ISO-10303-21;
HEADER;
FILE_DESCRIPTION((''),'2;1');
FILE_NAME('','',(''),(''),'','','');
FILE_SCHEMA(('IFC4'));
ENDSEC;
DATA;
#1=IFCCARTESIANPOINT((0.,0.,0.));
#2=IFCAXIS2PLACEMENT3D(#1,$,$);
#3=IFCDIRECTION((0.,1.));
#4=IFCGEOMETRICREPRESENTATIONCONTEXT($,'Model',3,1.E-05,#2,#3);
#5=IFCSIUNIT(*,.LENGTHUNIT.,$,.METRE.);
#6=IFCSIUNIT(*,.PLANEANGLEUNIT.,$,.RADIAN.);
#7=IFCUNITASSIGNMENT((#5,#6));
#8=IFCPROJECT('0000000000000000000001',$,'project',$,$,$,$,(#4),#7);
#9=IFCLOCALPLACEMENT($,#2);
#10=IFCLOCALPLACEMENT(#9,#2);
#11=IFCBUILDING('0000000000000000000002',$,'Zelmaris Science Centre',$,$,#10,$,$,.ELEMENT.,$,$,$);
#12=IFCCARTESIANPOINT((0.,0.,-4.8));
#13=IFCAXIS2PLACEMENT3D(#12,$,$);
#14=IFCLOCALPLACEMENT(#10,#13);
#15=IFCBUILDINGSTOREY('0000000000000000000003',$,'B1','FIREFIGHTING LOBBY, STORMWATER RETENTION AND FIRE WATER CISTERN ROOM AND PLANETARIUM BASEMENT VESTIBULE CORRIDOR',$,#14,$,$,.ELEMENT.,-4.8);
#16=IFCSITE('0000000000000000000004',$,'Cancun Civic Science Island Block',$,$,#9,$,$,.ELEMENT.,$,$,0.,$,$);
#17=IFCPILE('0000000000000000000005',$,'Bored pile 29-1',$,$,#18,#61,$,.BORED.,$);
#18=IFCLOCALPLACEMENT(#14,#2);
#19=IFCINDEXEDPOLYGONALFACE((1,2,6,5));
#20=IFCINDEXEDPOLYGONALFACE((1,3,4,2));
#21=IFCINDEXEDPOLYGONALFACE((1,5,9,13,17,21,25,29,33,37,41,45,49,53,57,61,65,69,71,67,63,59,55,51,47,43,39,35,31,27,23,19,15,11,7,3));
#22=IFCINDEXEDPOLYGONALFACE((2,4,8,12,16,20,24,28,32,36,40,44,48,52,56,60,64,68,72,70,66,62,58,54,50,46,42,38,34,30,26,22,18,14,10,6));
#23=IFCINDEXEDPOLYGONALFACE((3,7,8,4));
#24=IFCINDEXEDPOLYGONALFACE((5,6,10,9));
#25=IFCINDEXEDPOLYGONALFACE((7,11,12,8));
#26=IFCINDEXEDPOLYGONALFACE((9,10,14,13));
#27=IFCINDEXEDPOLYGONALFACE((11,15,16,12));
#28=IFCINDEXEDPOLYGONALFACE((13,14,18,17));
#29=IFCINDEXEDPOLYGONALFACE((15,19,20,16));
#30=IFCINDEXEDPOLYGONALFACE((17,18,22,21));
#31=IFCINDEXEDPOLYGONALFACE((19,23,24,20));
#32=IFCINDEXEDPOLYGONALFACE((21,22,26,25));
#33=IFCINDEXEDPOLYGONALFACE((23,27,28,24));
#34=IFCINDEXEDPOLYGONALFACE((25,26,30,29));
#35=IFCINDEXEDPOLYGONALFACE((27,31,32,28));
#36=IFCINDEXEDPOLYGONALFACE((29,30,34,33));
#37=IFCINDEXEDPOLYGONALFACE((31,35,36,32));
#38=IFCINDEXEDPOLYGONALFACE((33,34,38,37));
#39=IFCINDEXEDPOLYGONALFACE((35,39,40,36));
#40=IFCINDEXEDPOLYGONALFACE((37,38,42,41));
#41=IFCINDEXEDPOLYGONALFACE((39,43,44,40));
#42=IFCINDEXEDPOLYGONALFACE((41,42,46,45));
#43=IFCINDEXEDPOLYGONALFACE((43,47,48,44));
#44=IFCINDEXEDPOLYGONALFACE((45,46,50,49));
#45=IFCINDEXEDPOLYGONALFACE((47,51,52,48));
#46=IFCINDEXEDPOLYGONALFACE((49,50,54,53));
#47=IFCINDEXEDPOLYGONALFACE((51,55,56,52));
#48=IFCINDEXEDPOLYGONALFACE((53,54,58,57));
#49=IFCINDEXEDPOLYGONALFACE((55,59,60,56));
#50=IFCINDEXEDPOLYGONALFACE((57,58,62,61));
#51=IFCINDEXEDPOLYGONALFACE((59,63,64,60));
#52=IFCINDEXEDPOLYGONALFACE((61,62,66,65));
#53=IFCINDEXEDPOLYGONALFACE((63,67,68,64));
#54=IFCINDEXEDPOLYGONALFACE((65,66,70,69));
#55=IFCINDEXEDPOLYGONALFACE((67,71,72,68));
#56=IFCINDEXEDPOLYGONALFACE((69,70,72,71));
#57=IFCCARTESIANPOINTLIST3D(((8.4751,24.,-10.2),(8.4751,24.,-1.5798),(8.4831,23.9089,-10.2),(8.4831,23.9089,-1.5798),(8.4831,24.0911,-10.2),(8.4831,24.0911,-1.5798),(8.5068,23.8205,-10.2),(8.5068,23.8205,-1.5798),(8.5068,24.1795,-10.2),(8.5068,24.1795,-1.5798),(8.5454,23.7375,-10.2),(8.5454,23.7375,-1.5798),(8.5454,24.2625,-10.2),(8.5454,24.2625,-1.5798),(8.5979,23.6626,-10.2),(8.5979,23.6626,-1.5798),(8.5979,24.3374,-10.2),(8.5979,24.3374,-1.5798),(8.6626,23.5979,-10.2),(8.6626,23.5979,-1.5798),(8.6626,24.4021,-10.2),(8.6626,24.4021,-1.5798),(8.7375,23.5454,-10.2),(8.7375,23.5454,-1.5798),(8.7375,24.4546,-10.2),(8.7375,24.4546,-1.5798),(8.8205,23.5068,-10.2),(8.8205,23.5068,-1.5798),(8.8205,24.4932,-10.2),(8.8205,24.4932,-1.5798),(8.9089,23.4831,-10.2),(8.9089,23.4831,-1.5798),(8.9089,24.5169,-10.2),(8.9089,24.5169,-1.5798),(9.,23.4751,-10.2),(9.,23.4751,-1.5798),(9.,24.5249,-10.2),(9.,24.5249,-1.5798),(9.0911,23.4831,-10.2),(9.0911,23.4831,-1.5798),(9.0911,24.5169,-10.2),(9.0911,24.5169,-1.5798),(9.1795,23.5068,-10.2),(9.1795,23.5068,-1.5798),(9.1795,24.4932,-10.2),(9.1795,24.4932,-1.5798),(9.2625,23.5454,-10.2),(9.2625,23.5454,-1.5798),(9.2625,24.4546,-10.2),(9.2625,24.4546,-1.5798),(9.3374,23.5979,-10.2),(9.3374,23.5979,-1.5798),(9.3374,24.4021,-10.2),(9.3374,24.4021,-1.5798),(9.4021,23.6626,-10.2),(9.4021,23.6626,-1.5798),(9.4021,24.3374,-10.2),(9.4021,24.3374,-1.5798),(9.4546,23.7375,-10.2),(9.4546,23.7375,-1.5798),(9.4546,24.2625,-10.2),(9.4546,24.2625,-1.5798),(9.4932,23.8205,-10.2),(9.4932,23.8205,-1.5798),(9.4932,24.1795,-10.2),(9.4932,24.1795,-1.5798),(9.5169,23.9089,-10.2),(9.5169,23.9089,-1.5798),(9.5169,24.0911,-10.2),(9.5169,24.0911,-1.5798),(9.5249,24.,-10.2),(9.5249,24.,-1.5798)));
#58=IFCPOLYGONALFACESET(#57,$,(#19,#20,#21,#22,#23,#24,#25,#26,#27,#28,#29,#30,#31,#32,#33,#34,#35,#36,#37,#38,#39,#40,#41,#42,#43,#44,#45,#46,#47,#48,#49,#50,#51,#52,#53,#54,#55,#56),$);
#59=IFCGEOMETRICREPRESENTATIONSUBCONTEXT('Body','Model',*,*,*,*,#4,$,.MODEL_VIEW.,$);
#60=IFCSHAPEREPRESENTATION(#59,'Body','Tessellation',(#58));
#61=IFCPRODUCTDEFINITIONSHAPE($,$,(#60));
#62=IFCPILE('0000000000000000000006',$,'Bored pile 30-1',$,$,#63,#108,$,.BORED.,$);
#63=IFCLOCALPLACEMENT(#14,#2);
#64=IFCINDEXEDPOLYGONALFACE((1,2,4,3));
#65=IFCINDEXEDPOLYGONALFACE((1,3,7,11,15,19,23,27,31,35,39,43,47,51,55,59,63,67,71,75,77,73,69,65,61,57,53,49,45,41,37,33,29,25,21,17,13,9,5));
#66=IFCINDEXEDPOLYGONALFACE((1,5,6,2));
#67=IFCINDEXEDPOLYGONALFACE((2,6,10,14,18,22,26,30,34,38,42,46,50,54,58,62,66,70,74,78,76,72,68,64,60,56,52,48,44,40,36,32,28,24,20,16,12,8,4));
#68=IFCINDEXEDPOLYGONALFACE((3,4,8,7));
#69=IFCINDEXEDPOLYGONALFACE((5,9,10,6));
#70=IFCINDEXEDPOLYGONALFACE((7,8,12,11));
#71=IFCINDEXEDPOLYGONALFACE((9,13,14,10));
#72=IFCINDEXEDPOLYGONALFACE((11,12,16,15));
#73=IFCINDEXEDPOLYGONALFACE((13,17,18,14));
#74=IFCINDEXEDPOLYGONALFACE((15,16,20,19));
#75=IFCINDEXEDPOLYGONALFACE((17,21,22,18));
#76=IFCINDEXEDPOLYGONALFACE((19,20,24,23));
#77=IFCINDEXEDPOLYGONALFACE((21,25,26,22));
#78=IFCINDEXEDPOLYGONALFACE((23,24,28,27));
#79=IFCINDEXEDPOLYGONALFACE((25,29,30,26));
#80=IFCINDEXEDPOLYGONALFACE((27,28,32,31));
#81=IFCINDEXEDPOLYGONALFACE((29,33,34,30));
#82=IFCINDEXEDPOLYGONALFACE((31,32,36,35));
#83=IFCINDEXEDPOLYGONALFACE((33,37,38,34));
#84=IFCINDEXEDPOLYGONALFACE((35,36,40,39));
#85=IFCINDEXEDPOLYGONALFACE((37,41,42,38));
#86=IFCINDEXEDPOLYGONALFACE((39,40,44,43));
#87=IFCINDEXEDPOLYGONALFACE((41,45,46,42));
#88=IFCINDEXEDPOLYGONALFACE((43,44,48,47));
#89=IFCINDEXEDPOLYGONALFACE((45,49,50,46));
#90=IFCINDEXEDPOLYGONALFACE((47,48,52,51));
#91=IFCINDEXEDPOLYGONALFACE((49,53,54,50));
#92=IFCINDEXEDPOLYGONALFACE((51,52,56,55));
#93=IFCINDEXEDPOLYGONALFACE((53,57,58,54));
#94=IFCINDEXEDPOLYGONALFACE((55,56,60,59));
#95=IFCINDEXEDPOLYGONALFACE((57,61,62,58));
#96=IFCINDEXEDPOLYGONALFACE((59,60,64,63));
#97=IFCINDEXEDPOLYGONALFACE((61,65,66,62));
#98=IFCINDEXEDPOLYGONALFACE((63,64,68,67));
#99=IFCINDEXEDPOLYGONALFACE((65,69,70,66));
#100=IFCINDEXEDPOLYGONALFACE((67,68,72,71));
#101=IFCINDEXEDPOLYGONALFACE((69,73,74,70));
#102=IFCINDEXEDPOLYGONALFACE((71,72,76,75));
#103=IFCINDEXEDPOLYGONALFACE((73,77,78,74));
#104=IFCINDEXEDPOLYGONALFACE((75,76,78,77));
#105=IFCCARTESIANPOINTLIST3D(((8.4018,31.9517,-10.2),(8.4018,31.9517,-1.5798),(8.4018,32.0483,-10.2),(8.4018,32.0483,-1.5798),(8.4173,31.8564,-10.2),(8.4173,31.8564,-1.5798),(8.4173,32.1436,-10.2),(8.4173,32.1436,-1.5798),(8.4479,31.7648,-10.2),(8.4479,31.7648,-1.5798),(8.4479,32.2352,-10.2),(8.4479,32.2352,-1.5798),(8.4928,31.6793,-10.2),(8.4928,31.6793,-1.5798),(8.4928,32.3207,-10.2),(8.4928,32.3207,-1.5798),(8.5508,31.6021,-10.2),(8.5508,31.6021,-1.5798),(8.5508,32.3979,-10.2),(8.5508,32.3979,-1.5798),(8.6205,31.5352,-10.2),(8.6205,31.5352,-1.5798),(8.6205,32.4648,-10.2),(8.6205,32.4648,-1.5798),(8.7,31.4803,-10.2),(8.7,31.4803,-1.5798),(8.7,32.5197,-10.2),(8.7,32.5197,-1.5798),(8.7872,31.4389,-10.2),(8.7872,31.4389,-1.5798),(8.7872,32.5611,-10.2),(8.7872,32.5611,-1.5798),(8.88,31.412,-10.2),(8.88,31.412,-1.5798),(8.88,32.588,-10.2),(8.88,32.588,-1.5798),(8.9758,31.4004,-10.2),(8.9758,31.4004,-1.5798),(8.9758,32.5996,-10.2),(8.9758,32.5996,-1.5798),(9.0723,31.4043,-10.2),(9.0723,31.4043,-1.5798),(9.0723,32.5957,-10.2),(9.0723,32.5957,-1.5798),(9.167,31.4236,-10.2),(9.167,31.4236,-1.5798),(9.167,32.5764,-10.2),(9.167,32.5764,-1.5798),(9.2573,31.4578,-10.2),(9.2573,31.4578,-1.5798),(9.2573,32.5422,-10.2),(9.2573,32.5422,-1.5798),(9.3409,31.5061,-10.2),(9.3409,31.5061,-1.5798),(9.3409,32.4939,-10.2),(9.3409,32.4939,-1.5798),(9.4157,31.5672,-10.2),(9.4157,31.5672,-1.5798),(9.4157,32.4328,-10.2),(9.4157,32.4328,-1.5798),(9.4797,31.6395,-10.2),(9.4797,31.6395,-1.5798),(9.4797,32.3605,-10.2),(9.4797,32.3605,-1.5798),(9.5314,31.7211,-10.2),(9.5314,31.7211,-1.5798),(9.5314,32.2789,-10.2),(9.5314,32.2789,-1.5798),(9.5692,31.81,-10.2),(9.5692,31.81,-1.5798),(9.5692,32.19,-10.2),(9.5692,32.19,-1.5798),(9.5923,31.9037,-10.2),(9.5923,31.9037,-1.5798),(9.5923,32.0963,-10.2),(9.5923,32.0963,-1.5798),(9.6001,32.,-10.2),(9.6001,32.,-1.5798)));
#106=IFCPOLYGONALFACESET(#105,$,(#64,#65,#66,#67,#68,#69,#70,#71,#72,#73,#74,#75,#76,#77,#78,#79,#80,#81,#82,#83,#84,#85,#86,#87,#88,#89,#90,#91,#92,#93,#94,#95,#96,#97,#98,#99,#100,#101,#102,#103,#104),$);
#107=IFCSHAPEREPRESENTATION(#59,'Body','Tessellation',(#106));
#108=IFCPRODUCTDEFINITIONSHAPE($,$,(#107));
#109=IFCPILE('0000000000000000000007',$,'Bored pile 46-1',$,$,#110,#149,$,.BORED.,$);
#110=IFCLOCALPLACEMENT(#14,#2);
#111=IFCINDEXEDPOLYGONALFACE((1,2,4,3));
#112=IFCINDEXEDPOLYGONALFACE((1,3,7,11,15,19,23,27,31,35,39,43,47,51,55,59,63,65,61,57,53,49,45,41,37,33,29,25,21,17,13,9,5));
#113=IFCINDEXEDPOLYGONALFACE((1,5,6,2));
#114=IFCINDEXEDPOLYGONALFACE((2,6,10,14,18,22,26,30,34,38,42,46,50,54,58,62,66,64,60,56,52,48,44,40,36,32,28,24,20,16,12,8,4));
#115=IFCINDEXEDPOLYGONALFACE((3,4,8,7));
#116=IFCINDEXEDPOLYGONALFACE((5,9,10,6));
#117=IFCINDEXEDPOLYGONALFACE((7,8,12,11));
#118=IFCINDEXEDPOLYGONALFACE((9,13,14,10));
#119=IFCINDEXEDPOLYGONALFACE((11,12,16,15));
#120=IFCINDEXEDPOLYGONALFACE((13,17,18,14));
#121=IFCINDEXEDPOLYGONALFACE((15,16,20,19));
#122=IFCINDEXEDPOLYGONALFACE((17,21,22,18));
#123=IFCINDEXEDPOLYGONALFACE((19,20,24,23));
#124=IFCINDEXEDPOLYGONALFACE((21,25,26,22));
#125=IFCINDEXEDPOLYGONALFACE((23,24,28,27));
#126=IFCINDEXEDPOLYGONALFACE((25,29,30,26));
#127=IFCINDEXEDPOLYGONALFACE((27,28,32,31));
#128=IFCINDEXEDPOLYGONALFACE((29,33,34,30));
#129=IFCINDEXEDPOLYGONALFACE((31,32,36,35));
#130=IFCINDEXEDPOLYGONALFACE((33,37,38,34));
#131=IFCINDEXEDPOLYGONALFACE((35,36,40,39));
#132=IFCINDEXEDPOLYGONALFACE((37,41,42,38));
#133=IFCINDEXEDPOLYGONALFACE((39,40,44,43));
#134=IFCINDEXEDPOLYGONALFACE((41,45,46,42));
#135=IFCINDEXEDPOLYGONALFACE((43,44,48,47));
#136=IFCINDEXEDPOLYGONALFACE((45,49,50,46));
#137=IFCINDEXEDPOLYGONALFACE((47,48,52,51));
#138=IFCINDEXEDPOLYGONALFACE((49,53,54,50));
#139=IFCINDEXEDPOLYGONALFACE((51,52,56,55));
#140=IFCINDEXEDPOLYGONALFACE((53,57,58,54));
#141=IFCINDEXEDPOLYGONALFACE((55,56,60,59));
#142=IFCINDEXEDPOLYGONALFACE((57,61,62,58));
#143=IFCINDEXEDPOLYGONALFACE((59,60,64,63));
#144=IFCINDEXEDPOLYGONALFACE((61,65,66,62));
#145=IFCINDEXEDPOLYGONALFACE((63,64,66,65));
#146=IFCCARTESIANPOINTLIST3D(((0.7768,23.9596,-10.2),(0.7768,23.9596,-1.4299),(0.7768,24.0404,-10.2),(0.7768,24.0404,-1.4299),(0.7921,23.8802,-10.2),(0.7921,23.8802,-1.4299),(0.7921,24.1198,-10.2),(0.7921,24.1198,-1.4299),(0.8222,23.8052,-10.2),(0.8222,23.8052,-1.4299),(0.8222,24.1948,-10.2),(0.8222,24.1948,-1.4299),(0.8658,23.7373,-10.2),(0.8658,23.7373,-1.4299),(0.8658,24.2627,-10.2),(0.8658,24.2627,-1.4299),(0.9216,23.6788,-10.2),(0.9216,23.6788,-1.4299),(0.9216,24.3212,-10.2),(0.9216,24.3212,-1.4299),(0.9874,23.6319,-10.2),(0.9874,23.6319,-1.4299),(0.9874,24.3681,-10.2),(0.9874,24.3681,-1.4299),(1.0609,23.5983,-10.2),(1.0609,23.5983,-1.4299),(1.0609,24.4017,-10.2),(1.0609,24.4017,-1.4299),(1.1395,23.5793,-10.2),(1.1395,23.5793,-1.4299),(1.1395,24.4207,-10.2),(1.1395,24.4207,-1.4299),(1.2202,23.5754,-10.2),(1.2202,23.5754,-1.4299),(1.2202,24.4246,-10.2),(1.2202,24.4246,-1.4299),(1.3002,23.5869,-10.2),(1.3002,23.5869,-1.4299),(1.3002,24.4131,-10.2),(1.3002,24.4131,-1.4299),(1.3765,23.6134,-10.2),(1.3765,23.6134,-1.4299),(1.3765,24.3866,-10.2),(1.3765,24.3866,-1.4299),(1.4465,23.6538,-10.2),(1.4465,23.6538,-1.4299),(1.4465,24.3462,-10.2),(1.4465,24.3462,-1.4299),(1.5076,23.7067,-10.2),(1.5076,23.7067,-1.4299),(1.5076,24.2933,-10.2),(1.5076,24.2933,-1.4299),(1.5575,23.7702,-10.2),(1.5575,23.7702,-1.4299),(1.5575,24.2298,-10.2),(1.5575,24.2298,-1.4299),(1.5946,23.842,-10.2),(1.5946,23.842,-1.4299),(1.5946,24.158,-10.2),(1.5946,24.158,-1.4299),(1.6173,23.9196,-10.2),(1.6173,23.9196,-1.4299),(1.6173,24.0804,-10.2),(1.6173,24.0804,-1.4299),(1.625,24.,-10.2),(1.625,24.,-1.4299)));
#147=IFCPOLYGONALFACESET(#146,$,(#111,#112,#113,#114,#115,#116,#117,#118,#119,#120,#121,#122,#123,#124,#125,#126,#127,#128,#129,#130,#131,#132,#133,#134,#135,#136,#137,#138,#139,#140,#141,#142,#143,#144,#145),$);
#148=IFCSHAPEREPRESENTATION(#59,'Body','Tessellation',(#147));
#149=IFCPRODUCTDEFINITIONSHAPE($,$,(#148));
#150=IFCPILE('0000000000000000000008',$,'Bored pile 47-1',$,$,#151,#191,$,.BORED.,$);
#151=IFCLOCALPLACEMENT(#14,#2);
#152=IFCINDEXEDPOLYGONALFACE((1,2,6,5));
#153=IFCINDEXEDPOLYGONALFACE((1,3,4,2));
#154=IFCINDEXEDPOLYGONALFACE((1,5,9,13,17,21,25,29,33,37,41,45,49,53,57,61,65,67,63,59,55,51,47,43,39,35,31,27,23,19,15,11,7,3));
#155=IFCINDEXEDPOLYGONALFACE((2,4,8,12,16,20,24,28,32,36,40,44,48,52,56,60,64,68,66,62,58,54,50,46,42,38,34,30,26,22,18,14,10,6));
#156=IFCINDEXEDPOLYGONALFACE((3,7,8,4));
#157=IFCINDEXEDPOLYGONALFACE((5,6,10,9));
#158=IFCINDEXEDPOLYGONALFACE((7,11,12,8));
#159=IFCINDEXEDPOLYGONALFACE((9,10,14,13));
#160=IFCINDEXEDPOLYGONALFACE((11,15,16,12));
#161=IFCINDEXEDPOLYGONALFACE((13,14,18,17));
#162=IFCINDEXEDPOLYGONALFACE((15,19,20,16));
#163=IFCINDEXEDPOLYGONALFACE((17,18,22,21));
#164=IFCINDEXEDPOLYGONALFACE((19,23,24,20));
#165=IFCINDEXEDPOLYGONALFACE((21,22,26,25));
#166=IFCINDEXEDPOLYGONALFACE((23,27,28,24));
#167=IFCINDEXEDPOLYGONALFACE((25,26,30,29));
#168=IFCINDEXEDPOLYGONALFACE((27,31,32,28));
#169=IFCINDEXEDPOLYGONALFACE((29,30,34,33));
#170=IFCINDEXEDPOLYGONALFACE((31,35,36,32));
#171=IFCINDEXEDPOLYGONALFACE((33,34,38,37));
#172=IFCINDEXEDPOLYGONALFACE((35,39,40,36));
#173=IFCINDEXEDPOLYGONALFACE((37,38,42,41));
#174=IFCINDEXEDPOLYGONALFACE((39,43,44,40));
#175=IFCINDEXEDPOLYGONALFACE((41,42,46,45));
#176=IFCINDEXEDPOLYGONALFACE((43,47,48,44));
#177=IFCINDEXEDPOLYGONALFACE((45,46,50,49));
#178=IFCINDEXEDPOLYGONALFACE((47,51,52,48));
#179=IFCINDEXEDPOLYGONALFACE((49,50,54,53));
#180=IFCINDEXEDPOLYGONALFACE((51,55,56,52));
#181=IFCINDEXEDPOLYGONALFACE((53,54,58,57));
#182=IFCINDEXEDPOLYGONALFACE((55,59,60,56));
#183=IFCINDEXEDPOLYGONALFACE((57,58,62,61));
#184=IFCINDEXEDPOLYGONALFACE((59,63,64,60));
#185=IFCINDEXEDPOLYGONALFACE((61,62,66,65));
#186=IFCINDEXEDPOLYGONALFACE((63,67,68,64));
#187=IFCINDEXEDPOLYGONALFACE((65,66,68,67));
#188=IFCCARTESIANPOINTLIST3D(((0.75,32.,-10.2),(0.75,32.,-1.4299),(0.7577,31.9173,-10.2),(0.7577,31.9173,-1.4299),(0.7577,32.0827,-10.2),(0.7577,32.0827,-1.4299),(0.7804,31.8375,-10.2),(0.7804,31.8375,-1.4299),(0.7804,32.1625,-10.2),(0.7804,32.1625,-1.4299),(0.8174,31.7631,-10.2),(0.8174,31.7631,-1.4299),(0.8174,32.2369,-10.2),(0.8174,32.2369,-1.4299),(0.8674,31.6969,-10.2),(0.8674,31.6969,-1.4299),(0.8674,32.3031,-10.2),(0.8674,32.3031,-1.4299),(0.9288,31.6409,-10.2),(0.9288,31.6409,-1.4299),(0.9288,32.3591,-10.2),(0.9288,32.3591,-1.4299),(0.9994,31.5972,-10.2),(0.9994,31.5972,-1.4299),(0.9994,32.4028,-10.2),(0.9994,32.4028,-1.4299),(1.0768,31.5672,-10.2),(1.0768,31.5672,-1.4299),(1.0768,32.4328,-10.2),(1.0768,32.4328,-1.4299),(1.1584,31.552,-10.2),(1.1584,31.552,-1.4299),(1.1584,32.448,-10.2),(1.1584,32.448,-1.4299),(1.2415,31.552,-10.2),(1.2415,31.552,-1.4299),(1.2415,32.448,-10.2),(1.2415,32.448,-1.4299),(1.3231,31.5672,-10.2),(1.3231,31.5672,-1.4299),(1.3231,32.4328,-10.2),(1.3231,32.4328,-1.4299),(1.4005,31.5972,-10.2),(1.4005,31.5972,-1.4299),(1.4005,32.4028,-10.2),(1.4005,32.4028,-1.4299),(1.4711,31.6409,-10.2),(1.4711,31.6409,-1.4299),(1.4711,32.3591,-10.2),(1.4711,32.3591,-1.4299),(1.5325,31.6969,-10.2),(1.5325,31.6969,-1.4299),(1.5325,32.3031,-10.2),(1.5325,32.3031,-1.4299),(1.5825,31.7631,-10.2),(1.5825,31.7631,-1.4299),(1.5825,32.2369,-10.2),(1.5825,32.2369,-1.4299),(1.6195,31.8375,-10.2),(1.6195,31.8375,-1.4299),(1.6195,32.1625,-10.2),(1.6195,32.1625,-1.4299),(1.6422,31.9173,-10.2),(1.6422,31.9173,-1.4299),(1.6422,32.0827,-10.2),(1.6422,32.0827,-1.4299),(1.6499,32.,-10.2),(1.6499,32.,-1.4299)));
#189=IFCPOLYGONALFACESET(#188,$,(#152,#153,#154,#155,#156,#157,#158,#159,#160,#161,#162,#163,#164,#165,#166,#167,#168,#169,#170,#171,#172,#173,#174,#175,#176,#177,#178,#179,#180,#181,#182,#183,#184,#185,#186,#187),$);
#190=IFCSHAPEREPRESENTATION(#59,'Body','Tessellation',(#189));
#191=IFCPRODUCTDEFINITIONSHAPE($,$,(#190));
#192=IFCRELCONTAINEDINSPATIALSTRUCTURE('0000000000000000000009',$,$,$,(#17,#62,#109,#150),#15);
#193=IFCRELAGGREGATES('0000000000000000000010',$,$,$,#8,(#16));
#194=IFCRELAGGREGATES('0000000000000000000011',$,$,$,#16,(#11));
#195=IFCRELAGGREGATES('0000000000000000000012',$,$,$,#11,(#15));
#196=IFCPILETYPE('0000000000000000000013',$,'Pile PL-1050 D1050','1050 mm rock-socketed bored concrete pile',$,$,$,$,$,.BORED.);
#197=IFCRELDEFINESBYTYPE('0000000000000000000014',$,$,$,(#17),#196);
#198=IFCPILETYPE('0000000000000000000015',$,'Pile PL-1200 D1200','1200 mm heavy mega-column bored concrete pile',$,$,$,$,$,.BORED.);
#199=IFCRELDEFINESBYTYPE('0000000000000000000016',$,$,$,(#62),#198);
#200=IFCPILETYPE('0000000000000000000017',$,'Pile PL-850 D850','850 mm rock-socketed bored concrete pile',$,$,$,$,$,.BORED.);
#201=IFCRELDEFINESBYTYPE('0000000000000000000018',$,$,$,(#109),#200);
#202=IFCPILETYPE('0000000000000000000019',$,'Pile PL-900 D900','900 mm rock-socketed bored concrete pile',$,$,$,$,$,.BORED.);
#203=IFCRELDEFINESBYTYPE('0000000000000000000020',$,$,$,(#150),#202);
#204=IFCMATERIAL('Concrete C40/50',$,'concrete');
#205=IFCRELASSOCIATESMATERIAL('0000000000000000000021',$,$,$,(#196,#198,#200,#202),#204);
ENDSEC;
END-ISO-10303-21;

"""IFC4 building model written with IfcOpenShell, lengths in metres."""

from ifc_helpers import new_model, si_unit, direction, frame, origin, origin_2d, place, context, subcontext, project, spatial, circle, extrude, material, material_profile, profile_set, type_object, element, save


model = new_model("IFC4")

# Units and contexts
model_context = context("Model", 3, precision=1e-05, world=origin(), true_north=direction((0.0, 1.0)))
body_context = subcontext(model_context, "Body", "Model", "MODEL_VIEW")
ifc_project = project(units=[si_unit("LENGTHUNIT", "METRE"), si_unit("PLANEANGLEUNIT", "RADIAN")], contexts=[model_context])

# Site, building, storey
site_placement = place(None, origin())
site = spatial("IfcSite", under=ifc_project, at=site_placement, Name="Cancun Civic Science Island Block", CompositionType="ELEMENT", RefElevation=0.0)
building_placement = place(site_placement, origin())
building = spatial("IfcBuilding", under=site, at=building_placement, Name="Zelmaris Science Centre", CompositionType="ELEMENT")
storey_placement = place(building_placement, frame((0.0, 0.0, -4.8)))
storey = spatial("IfcBuildingStorey", under=building, at=storey_placement, Name="B1", Description="FIREFIGHTING LOBBY, STORMWATER RETENTION AND FIRE WATER CISTERN ROOM AND PLANETARIUM BASEMENT VESTIBULE CORRIDOR", CompositionType="ELEMENT", Elevation=-4.8)

# Shared definitions
ifc_material_1 = material(Name="Concrete C40/50", Category="concrete")

# Piles
ifc_material_profile_1 = material_profile(ifc_material_1, circle(Radius=0.5249, at=origin_2d()), Name="PILE-1050")
ifc_profile_set_1 = profile_set([ifc_material_profile_1], Name="Concrete C40/50")
pile_type_1 = type_object("IfcPileType", Name="Pile PL-1050 D1050", Description="1050 mm rock-socketed bored concrete pile", PredefinedType="BORED", material=ifc_profile_set_1)
pile_1_placement = place(storey_placement, frame((9.0, 24.0, -1.5798), z_axis=(0.0, 0.0, -1.0), x_axis=(1.0, 0.0, 0.0)))
element("IfcPile", 1, at=pile_1_placement, inside=storey, type_object=pile_type_1, Name="Bored pile 29-1", PredefinedType="BORED", context=body_context, shape_type="SweptSolid", body=[
    extrude(circle(Radius=0.5249, at=origin_2d()), origin(), (0.0, 0.0, 1.0), 8.6201),
])
ifc_material_profile_2 = material_profile(ifc_material_1, circle(Radius=0.6001, at=origin_2d()), Name="PILE-1200")
ifc_profile_set_2 = profile_set([ifc_material_profile_2], Name="Concrete C40/50")
pile_type_2 = type_object("IfcPileType", Name="Pile PL-1200 D1200", Description="1200 mm heavy mega-column bored concrete pile", PredefinedType="BORED", material=ifc_profile_set_2)
pile_2_placement = place(storey_placement, frame((9.0, 32.0, -1.5798), z_axis=(0.0, 0.0, -1.0), x_axis=(1.0, 0.0, 0.0)))
element("IfcPile", 2, at=pile_2_placement, inside=storey, type_object=pile_type_2, Name="Bored pile 30-1", PredefinedType="BORED", context=body_context, shape_type="SweptSolid", body=[
    extrude(circle(Radius=0.6001, at=origin_2d()), origin(), (0.0, 0.0, 1.0), 8.6201),
])
ifc_material_profile_3 = material_profile(ifc_material_1, circle(Radius=0.425, at=origin_2d()), Name="PILE-850")
ifc_profile_set_3 = profile_set([ifc_material_profile_3], Name="Concrete C40/50")
pile_type_3 = type_object("IfcPileType", Name="Pile PL-850 D850", Description="850 mm rock-socketed bored concrete pile", PredefinedType="BORED", material=ifc_profile_set_3)
pile_3_placement = place(storey_placement, frame((1.2, 24.0, -1.4299), z_axis=(0.0, 0.0, -1.0), x_axis=(1.0, 0.0, 0.0)))
element("IfcPile", 3, at=pile_3_placement, inside=storey, type_object=pile_type_3, Name="Bored pile 46-1", PredefinedType="BORED", context=body_context, shape_type="SweptSolid", body=[
    extrude(circle(Radius=0.425, at=origin_2d()), origin(), (0.0, 0.0, 1.0), 8.77),
])
ifc_material_profile_4 = material_profile(ifc_material_1, circle(Radius=0.45, at=origin_2d()), Name="PILE-900")
ifc_profile_set_4 = profile_set([ifc_material_profile_4], Name="Concrete C40/50")
pile_type_4 = type_object("IfcPileType", Name="Pile PL-900 D900", Description="900 mm rock-socketed bored concrete pile", PredefinedType="BORED", material=ifc_profile_set_4)
pile_4_placement = place(storey_placement, frame((1.2, 32.0, -1.4299), z_axis=(0.0, 0.0, -1.0), x_axis=(1.0, 0.0, 0.0)))
element("IfcPile", 4, at=pile_4_placement, inside=storey, type_object=pile_type_4, Name="Bored pile 47-1", PredefinedType="BORED", context=body_context, shape_type="SweptSolid", body=[
    extrude(circle(Radius=0.45, at=origin_2d()), origin(), (0.0, 0.0, 1.0), 8.77),
])

save(model, "model.ifc")
